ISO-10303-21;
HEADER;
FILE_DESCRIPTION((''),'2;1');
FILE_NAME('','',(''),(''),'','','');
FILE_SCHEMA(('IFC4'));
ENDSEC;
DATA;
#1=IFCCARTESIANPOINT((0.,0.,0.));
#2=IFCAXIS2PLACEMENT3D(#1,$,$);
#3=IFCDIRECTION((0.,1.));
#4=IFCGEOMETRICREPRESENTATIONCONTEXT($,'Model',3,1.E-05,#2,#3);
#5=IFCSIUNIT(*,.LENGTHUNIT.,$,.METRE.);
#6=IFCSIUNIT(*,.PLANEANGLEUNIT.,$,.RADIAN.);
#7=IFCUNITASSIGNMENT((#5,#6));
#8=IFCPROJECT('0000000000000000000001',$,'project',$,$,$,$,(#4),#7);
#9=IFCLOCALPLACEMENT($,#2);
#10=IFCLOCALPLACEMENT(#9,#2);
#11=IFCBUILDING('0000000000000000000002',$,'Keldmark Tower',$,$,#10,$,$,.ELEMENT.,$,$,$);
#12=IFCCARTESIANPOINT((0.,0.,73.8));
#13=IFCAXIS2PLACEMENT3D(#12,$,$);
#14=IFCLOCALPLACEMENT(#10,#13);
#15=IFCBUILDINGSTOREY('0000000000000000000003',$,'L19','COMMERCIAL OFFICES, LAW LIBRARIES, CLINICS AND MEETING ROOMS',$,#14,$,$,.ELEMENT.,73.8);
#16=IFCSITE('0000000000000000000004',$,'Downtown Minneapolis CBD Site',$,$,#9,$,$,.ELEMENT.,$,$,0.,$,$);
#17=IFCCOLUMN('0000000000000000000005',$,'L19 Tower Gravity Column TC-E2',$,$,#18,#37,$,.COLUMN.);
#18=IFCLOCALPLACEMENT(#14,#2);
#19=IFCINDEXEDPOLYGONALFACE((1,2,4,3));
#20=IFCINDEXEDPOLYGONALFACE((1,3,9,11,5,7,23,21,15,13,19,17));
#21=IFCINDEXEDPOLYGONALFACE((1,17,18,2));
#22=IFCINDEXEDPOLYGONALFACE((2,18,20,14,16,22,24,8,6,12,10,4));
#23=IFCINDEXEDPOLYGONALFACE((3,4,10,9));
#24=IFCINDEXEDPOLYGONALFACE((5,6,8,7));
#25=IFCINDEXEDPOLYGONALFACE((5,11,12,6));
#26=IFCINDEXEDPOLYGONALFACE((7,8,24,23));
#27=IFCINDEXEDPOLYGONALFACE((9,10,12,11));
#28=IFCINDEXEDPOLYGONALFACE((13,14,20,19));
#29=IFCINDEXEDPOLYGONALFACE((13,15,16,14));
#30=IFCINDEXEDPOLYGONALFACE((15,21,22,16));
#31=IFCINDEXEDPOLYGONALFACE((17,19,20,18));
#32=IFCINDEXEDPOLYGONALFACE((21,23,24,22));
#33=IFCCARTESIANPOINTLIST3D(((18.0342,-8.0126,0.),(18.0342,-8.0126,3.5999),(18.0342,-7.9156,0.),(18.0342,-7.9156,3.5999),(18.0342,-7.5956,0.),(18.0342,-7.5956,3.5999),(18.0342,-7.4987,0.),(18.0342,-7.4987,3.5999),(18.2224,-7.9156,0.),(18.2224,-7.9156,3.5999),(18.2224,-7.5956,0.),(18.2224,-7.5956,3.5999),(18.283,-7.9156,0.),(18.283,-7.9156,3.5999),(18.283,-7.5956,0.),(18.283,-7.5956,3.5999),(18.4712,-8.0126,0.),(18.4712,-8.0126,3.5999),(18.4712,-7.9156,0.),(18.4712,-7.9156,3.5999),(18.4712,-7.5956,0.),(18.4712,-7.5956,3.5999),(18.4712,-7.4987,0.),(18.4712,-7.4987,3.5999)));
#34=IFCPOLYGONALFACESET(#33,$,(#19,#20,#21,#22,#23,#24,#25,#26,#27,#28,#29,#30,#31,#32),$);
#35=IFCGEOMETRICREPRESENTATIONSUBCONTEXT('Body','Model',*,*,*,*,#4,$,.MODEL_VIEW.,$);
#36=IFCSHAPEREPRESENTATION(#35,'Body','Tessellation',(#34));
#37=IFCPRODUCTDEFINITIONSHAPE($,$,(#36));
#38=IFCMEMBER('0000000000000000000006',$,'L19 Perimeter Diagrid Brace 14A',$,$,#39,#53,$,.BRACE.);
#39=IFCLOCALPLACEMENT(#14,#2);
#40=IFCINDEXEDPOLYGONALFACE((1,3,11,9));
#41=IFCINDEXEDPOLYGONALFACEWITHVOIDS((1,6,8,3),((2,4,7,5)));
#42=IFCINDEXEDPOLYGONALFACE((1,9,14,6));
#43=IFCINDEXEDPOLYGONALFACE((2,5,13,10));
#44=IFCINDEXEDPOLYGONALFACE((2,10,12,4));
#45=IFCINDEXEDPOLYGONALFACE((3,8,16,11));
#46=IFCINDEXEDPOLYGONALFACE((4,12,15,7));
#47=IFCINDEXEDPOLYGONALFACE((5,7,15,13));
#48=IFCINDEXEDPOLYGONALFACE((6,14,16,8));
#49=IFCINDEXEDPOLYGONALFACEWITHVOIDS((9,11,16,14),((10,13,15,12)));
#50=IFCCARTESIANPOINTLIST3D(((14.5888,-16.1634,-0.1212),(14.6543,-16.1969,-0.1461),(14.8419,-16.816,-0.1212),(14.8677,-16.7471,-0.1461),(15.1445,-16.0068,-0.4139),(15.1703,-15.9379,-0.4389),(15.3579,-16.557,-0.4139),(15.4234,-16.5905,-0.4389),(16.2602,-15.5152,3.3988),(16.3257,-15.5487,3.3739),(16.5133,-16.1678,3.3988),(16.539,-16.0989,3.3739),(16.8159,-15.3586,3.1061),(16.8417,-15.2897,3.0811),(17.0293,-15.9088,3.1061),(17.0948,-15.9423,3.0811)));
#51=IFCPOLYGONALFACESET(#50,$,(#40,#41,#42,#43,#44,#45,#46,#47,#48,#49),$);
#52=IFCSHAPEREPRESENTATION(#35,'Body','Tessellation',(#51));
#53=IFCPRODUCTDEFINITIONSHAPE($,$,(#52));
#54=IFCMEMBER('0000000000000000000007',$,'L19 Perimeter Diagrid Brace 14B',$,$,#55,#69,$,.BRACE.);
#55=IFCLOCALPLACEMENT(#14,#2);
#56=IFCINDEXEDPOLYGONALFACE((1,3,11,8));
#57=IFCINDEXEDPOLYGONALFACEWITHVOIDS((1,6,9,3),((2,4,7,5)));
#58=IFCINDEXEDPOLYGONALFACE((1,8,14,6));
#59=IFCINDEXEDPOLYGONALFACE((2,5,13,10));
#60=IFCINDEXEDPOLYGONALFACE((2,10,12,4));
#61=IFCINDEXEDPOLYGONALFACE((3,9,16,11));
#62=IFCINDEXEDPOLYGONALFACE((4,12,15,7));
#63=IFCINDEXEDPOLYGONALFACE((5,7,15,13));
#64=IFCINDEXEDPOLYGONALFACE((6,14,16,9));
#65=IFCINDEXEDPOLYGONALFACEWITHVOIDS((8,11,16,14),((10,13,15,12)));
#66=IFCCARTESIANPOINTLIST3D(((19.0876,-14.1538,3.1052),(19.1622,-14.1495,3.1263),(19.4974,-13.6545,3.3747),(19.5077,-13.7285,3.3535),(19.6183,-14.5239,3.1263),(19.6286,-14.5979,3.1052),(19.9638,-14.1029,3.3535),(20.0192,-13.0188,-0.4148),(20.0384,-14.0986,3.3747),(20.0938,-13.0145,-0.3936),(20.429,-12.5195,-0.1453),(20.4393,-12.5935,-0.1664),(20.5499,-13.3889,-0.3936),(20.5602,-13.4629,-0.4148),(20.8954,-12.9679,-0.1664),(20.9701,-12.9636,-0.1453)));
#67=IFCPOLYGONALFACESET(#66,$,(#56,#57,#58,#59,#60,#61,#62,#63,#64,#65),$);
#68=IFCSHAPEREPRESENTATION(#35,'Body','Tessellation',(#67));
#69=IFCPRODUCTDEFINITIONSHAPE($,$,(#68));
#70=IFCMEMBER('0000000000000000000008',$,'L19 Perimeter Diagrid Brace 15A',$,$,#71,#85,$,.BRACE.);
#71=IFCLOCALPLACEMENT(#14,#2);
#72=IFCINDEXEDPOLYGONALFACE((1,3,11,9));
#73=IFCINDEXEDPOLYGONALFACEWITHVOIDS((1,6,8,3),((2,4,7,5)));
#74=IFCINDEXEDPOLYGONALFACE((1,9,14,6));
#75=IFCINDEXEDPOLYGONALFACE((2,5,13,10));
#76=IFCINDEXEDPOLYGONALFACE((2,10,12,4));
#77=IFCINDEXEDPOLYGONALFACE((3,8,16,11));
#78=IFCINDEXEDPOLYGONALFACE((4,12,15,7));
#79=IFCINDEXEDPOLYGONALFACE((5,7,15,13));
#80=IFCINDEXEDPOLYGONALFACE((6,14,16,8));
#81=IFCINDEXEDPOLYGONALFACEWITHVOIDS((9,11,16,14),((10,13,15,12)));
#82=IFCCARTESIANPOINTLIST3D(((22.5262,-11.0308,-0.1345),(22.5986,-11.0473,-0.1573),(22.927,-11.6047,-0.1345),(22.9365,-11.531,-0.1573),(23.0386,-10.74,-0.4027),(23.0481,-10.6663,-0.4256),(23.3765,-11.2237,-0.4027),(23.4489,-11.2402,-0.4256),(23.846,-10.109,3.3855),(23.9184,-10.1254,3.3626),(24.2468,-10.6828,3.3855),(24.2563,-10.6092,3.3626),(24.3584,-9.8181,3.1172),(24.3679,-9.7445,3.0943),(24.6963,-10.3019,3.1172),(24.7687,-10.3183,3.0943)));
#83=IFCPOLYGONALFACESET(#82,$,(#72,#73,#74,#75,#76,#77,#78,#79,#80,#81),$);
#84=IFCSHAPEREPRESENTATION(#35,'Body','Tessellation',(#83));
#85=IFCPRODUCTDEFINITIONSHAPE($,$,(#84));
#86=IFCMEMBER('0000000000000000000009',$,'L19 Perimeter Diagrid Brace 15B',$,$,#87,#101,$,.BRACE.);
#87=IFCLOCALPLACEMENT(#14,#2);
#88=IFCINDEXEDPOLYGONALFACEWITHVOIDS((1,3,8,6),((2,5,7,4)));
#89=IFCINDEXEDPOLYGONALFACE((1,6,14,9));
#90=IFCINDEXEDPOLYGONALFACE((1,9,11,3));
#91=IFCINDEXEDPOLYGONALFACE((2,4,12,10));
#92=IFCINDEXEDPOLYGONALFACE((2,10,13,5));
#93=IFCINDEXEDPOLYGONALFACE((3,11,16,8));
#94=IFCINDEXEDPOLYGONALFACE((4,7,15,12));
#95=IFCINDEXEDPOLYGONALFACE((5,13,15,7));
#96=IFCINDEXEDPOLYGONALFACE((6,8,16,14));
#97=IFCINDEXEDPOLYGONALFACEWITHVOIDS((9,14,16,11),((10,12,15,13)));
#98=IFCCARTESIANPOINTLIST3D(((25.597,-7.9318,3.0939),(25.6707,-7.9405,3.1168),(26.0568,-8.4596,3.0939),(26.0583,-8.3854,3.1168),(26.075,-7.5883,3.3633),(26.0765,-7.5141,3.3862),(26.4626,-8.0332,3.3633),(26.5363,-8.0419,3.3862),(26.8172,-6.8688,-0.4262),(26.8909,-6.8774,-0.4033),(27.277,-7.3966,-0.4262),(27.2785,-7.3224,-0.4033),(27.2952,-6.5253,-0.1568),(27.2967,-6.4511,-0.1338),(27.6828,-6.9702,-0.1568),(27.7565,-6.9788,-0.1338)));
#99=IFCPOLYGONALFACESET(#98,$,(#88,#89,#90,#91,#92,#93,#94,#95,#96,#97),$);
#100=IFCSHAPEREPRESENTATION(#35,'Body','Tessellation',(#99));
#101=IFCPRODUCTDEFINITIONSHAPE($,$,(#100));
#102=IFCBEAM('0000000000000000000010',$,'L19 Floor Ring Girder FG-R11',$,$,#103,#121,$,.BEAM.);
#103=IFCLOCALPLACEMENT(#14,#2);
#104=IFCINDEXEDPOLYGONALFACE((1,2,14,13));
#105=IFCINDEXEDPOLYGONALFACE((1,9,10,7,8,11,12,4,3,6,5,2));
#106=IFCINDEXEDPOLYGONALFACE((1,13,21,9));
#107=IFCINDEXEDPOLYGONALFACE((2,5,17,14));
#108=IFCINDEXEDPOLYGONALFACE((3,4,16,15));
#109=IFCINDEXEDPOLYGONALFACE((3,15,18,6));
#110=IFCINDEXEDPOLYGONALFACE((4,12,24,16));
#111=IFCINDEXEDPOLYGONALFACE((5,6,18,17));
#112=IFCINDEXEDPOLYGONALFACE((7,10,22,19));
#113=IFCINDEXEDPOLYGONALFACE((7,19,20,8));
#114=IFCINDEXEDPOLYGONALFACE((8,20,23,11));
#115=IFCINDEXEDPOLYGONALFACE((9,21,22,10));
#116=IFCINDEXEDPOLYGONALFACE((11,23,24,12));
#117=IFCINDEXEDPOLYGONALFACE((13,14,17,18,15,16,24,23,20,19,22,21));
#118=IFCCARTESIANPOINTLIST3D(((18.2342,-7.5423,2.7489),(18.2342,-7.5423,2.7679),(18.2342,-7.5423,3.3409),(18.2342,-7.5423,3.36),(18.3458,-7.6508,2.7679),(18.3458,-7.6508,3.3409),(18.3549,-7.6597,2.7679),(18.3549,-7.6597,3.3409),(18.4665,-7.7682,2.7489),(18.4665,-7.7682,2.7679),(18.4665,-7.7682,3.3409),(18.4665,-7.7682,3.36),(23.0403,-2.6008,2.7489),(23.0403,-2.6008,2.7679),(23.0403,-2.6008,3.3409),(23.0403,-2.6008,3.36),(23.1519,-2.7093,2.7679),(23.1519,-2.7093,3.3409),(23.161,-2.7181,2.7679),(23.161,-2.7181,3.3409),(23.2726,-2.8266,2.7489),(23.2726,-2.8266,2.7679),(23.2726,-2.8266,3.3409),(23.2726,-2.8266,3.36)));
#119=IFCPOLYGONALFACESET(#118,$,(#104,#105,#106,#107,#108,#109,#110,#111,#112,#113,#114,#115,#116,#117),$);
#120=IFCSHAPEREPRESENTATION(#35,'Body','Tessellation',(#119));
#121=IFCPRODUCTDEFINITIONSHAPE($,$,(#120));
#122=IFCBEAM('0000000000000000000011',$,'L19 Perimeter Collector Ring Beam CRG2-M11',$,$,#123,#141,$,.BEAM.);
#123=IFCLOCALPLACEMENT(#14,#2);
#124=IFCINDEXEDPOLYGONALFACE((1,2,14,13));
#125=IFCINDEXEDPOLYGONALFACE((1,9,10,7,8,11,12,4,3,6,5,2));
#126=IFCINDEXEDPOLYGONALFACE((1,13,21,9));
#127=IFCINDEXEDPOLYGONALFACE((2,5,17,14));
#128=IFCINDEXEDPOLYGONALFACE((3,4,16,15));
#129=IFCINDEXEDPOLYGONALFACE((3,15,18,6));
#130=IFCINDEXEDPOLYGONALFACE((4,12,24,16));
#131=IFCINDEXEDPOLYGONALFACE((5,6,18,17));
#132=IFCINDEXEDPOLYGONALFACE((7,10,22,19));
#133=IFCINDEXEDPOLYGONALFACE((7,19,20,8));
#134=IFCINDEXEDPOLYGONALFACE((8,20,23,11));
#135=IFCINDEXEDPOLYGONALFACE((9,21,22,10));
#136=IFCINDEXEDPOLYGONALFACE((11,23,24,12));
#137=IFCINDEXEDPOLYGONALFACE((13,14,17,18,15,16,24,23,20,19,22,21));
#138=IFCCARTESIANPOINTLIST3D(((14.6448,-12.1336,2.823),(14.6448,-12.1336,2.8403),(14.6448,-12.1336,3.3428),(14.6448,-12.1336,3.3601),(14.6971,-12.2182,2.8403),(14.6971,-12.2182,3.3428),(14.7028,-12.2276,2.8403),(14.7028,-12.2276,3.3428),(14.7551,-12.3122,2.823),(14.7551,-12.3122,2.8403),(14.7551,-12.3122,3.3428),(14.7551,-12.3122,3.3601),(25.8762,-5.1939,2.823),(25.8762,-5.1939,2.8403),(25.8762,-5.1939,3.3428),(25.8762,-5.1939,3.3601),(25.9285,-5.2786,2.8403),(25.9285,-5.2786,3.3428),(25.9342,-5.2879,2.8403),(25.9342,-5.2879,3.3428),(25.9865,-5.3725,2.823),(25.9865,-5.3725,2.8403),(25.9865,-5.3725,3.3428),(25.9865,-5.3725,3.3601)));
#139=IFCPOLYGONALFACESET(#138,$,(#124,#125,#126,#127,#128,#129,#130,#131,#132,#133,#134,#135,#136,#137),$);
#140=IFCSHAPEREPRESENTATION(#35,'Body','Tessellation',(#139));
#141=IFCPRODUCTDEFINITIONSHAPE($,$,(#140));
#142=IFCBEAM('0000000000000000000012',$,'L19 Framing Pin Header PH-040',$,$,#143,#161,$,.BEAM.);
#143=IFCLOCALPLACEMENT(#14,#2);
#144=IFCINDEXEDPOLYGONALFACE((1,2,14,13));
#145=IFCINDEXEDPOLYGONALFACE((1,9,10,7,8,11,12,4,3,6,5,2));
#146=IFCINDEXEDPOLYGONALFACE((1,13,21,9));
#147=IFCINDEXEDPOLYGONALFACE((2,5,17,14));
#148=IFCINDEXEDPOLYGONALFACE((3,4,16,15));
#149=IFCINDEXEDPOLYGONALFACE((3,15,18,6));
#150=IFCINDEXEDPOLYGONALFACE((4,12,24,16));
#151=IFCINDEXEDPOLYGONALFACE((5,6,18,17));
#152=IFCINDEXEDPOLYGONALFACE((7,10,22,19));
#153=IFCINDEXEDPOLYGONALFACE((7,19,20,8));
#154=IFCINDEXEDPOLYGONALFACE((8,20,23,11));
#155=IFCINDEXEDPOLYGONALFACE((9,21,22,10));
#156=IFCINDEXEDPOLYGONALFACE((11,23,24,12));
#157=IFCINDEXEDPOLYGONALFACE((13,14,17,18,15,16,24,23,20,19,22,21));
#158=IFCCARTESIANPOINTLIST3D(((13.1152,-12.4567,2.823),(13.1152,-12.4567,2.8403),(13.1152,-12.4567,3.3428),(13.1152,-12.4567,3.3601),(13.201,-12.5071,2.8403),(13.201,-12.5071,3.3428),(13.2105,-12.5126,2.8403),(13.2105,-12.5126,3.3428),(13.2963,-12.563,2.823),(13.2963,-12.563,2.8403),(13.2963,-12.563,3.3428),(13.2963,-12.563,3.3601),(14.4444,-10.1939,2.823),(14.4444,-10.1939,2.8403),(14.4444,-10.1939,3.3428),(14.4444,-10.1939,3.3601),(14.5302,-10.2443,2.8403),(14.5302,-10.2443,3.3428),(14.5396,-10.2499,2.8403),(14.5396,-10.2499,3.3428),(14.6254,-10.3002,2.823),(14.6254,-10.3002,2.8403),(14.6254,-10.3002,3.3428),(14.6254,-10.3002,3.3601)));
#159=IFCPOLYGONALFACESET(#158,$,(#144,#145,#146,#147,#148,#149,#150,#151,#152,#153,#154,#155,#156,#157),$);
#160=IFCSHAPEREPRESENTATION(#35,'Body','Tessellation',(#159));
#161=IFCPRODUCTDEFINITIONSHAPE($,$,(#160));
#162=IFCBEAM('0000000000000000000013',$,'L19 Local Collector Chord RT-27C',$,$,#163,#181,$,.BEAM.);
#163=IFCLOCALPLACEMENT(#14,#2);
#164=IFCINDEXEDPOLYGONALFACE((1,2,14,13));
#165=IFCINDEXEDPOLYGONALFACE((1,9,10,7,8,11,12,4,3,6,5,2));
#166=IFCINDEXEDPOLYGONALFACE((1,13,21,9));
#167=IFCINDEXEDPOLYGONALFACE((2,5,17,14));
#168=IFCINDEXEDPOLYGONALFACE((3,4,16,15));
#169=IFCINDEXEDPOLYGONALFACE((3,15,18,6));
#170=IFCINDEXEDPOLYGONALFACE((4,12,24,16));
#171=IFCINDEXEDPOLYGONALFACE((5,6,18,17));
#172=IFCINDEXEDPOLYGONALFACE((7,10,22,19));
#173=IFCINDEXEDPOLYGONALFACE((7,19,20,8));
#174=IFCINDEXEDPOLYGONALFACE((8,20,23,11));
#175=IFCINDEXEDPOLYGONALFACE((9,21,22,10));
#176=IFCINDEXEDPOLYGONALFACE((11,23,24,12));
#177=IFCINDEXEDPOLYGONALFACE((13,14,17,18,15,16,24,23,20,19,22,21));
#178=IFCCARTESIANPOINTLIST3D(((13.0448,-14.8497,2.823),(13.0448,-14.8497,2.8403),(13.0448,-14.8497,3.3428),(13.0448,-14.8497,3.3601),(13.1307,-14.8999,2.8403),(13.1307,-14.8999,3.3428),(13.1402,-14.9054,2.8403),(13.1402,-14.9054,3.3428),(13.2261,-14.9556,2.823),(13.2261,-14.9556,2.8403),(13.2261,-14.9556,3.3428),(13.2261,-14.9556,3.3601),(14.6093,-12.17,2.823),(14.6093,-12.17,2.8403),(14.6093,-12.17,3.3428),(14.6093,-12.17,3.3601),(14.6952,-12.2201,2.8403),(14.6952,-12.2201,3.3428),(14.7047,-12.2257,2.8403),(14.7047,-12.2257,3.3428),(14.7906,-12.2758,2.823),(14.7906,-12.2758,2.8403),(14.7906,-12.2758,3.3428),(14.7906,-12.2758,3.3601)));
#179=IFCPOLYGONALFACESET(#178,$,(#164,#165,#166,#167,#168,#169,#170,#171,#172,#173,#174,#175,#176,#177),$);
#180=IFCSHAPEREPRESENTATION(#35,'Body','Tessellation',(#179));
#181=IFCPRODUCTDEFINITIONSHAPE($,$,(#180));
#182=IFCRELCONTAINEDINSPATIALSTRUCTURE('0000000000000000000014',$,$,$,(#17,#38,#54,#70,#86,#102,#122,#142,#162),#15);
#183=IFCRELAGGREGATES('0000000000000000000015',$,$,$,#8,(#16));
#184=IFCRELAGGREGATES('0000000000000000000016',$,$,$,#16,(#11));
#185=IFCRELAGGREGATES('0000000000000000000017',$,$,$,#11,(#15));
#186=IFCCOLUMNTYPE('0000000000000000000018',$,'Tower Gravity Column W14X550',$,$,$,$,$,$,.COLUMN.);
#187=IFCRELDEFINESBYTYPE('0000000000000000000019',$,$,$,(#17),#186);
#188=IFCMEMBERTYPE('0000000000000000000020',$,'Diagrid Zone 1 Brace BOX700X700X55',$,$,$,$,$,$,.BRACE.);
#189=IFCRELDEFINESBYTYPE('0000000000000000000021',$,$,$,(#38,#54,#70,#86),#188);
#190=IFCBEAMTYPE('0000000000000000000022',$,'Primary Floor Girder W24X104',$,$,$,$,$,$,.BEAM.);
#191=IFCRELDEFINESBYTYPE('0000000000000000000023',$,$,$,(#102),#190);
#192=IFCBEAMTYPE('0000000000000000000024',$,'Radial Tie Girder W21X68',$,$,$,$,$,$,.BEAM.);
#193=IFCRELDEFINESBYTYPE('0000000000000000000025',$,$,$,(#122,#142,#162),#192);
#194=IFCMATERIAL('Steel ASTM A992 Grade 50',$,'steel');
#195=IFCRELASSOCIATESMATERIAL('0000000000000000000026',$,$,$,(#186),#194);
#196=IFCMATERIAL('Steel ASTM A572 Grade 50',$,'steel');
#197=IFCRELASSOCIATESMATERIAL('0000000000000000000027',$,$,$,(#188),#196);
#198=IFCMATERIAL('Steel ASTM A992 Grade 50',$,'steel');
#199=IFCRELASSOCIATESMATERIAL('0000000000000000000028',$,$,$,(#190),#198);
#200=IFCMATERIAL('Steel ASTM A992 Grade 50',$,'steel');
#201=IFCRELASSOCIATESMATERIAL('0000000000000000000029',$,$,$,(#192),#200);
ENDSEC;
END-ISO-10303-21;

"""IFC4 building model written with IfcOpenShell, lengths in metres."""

from ifc_helpers import new_model, si_unit, direction, frame, origin, origin_2d, place, context, subcontext, project, spatial, hollow_rectangle, i_section, extrude, material, material_profile, profile_set, type_object, element, save


model = new_model("IFC4")

# Units and contexts
model_context = context("Model", 3, precision=1e-05, world=origin(), true_north=direction((0.0, 1.0)))
body_context = subcontext(model_context, "Body", "Model", "MODEL_VIEW")
ifc_project = project(units=[si_unit("LENGTHUNIT", "METRE"), si_unit("PLANEANGLEUNIT", "RADIAN")], contexts=[model_context])

# Site, building, storey
site_placement = place(None, origin())
site = spatial("IfcSite", under=ifc_project, at=site_placement, Name="Downtown Minneapolis CBD Site", CompositionType="ELEMENT", RefElevation=0.0)
building_placement = place(site_placement, origin())
building = spatial("IfcBuilding", under=site, at=building_placement, Name="Keldmark Tower", CompositionType="ELEMENT")
storey_placement = place(building_placement, frame((0.0, 0.0, 73.8)))
storey = spatial("IfcBuildingStorey", under=building, at=storey_placement, Name="L19", Description="COMMERCIAL OFFICES, LAW LIBRARIES, CLINICS AND MEETING ROOMS", CompositionType="ELEMENT", Elevation=73.8)

# Column
ifc_material_1 = material(Name="Steel ASTM A992 Grade 50", Category="steel")
ifc_material_profile_1 = material_profile(ifc_material_1, i_section(OverallWidth=0.437, OverallDepth=0.5139, WebThickness=0.0605, FlangeThickness=0.0969, at=origin_2d()), Name="W14X550")
ifc_profile_set_1 = profile_set([ifc_material_profile_1], Name="Steel ASTM A992 Grade 50")
column_type = type_object("IfcColumnType", Name="Tower Gravity Column W14X550", PredefinedType="COLUMN", material=ifc_profile_set_1)
column_placement = place(storey_placement, frame((18.2527, -7.7556, 0.0), z_axis=(0.0, 0.0, 1.0), x_axis=(1.0, 0.0, 0.0)))
element("IfcColumn", 1, at=column_placement, inside=storey, type_object=column_type, Name="L19 Tower Gravity Column TC-E2", PredefinedType="COLUMN", context=body_context, shape_type="SweptSolid", body=[
    extrude(i_section(OverallWidth=0.437, OverallDepth=0.5139, WebThickness=0.0605, FlangeThickness=0.0969, at=origin_2d()), origin(), (0.0, 0.0, 1.0), 3.5999),
])

# Members
ifc_material_2 = material(Name="Steel ASTM A572 Grade 50", Category="steel")
ifc_material_profile_2 = material_profile(ifc_material_2, hollow_rectangle(XDim=0.7, YDim=0.7, WallThickness=0.0549, at=origin_2d()), Name="BOX700X700X55")
ifc_profile_set_2 = profile_set([ifc_material_profile_2], Name="Steel ASTM A572 Grade 50")
member_type = type_object("IfcMemberType", Name="Diagrid Zone 1 Brace BOX700X700X55", PredefinedType="BRACE", material=ifc_profile_set_2)
member_1_placement = place(storey_placement, frame((15.0061, -16.377, -0.28), z_axis=(0.423112, 0.164091, 0.891095), x_axis=(-0.361579, 0.932342, 0.0)))
element("IfcMember", 2, at=member_1_placement, inside=storey, type_object=member_type, Name="L19 Perimeter Diagrid Brace 14A", PredefinedType="BRACE", context=body_context, shape_type="SweptSolid", body=[
    extrude(hollow_rectangle(XDim=0.7, YDim=0.7, WallThickness=0.0549, at=origin_2d()), origin(), (0.0, 0.0, 1.0), 3.9502),
])
member_2_placement = place(storey_placement, frame((20.4946, -12.9912, -0.28), z_axis=(-0.244267, -0.297589, 0.922916), x_axis=(0.772956, -0.634459, 0.0)))
element("IfcMember", 3, at=member_2_placement, inside=storey, type_object=member_type, Name="L19 Perimeter Diagrid Brace 14B", PredefinedType="BRACE", context=body_context, shape_type="SweptSolid", body=[
    extrude(hollow_rectangle(XDim=0.7, YDim=0.7, WallThickness=0.0549, at=origin_2d()), origin(), (0.0, 0.0, 1.0), 3.814),
])
member_3_placement = place(storey_placement, frame((22.9875, -11.1355, -0.28), z_axis=(0.340978, 0.238167, 0.909401), x_axis=(-0.572627, 0.819816, 0.0)))
element("IfcMember", 4, at=member_3_placement, inside=storey, type_object=member_type, Name="L19 Perimeter Diagrid Brace 15A", PredefinedType="BRACE", context=body_context, shape_type="SweptSolid", body=[
    extrude(hollow_rectangle(XDim=0.7, YDim=0.7, WallThickness=0.0549, at=origin_2d()), origin(), (0.0, 0.0, 1.0), 3.8706),
])
member_4_placement = place(storey_placement, frame((27.2869, -6.9238, -0.28), z_axis=(-0.314959, -0.274376, 0.90858), x_axis=(0.656858, -0.754014, 0.0)))
element("IfcMember", 5, at=member_4_placement, inside=storey, type_object=member_type, Name="L19 Perimeter Diagrid Brace 15B", PredefinedType="BRACE", context=body_context, shape_type="SweptSolid", body=[
    extrude(hollow_rectangle(XDim=0.7, YDim=0.7, WallThickness=0.0549, at=origin_2d()), origin(), (0.0, 0.0, 1.0), 3.8743),
])

# Beams
ifc_material_3 = material(Name="Steel ASTM A992 Grade 50", Category="steel")
ifc_material_profile_3 = material_profile(ifc_material_3, i_section(OverallWidth=0.324, OverallDepth=0.6111, WebThickness=0.0127, FlangeThickness=0.019, at=origin_2d()), Name="W24X104")
ifc_profile_set_3 = profile_set([ifc_material_profile_3], Name="Steel ASTM A992 Grade 50")
beam_type_1 = type_object("IfcBeamType", Name="Primary Floor Girder W24X104", PredefinedType="BEAM", material=ifc_profile_set_3)
beam_1_placement = place(storey_placement, frame((18.3503, -7.6553, 3.0544), z_axis=(0.69721, 0.716867, 0.0), x_axis=(-0.716867, 0.69721, 0.0)))
element("IfcBeam", 6, at=beam_1_placement, inside=storey, type_object=beam_type_1, Name="L19 Floor Ring Girder FG-R11", PredefinedType="BEAM", context=body_context, shape_type="SweptSolid", body=[
    extrude(i_section(OverallWidth=0.324, OverallDepth=0.6111, WebThickness=0.0127, FlangeThickness=0.019, at=origin_2d()), origin(), (0.0, 0.0, 1.0), 6.8933),
])
ifc_material_4 = material(Name="Steel ASTM A992 Grade 50", Category="steel")
ifc_material_profile_4 = material_profile(ifc_material_4, i_section(OverallWidth=0.21, OverallDepth=0.5371, WebThickness=0.011, FlangeThickness=0.0173, at=origin_2d()), Name="W21X68")
ifc_profile_set_4 = profile_set([ifc_material_profile_4], Name="Steel ASTM A992 Grade 50")
beam_type_2 = type_object("IfcBeamType", Name="Radial Tie Girder W21X68", PredefinedType="BEAM", material=ifc_profile_set_4)
beam_2_placement = place(storey_placement, frame((14.7, -12.2229, 3.0916), z_axis=(0.850709, 0.525637, 0.0), x_axis=(-0.525637, 0.850709, 0.0)))
element("IfcBeam", 7, at=beam_2_placement, inside=storey, type_object=beam_type_2, Name="L19 Perimeter Collector Ring Beam CRG2-M11", PredefinedType="BEAM", context=body_context, shape_type="SweptSolid", body=[
    extrude(i_section(OverallWidth=0.21, OverallDepth=0.5371, WebThickness=0.011, FlangeThickness=0.0173, at=origin_2d()), origin(), (0.0, 0.0, 1.0), 13.2024),
])
beam_3_placement = place(storey_placement, frame((14.5349, -10.2471, 3.0916), z_axis=(-0.506483, -0.86225, 0.0), x_axis=(0.86225, -0.506483, 0.0)))
element("IfcBeam", 8, at=beam_3_placement, inside=storey, type_object=beam_type_2, Name="L19 Framing Pin Header PH-040", PredefinedType="BEAM", context=body_context, shape_type="SweptSolid", body=[
    extrude(i_section(OverallWidth=0.21, OverallDepth=0.5371, WebThickness=0.011, FlangeThickness=0.0173, at=origin_2d()), origin(), (0.0, 0.0, 1.0), 2.6243),
])
beam_4_placement = place(storey_placement, frame((14.7, -12.2229, 3.0916), z_axis=(-0.504184, -0.863596, 0.0), x_axis=(0.863596, -0.504184, 0.0)))
element("IfcBeam", 9, at=beam_4_placement, inside=storey, type_object=beam_type_2, Name="L19 Local Collector Chord RT-27C", PredefinedType="BEAM", context=body_context, shape_type="SweptSolid", body=[
    extrude(i_section(OverallWidth=0.21, OverallDepth=0.5371, WebThickness=0.011, FlangeThickness=0.0173, at=origin_2d()), origin(), (0.0, 0.0, 1.0), 3.103),
])

save(model, "model.ifc")
